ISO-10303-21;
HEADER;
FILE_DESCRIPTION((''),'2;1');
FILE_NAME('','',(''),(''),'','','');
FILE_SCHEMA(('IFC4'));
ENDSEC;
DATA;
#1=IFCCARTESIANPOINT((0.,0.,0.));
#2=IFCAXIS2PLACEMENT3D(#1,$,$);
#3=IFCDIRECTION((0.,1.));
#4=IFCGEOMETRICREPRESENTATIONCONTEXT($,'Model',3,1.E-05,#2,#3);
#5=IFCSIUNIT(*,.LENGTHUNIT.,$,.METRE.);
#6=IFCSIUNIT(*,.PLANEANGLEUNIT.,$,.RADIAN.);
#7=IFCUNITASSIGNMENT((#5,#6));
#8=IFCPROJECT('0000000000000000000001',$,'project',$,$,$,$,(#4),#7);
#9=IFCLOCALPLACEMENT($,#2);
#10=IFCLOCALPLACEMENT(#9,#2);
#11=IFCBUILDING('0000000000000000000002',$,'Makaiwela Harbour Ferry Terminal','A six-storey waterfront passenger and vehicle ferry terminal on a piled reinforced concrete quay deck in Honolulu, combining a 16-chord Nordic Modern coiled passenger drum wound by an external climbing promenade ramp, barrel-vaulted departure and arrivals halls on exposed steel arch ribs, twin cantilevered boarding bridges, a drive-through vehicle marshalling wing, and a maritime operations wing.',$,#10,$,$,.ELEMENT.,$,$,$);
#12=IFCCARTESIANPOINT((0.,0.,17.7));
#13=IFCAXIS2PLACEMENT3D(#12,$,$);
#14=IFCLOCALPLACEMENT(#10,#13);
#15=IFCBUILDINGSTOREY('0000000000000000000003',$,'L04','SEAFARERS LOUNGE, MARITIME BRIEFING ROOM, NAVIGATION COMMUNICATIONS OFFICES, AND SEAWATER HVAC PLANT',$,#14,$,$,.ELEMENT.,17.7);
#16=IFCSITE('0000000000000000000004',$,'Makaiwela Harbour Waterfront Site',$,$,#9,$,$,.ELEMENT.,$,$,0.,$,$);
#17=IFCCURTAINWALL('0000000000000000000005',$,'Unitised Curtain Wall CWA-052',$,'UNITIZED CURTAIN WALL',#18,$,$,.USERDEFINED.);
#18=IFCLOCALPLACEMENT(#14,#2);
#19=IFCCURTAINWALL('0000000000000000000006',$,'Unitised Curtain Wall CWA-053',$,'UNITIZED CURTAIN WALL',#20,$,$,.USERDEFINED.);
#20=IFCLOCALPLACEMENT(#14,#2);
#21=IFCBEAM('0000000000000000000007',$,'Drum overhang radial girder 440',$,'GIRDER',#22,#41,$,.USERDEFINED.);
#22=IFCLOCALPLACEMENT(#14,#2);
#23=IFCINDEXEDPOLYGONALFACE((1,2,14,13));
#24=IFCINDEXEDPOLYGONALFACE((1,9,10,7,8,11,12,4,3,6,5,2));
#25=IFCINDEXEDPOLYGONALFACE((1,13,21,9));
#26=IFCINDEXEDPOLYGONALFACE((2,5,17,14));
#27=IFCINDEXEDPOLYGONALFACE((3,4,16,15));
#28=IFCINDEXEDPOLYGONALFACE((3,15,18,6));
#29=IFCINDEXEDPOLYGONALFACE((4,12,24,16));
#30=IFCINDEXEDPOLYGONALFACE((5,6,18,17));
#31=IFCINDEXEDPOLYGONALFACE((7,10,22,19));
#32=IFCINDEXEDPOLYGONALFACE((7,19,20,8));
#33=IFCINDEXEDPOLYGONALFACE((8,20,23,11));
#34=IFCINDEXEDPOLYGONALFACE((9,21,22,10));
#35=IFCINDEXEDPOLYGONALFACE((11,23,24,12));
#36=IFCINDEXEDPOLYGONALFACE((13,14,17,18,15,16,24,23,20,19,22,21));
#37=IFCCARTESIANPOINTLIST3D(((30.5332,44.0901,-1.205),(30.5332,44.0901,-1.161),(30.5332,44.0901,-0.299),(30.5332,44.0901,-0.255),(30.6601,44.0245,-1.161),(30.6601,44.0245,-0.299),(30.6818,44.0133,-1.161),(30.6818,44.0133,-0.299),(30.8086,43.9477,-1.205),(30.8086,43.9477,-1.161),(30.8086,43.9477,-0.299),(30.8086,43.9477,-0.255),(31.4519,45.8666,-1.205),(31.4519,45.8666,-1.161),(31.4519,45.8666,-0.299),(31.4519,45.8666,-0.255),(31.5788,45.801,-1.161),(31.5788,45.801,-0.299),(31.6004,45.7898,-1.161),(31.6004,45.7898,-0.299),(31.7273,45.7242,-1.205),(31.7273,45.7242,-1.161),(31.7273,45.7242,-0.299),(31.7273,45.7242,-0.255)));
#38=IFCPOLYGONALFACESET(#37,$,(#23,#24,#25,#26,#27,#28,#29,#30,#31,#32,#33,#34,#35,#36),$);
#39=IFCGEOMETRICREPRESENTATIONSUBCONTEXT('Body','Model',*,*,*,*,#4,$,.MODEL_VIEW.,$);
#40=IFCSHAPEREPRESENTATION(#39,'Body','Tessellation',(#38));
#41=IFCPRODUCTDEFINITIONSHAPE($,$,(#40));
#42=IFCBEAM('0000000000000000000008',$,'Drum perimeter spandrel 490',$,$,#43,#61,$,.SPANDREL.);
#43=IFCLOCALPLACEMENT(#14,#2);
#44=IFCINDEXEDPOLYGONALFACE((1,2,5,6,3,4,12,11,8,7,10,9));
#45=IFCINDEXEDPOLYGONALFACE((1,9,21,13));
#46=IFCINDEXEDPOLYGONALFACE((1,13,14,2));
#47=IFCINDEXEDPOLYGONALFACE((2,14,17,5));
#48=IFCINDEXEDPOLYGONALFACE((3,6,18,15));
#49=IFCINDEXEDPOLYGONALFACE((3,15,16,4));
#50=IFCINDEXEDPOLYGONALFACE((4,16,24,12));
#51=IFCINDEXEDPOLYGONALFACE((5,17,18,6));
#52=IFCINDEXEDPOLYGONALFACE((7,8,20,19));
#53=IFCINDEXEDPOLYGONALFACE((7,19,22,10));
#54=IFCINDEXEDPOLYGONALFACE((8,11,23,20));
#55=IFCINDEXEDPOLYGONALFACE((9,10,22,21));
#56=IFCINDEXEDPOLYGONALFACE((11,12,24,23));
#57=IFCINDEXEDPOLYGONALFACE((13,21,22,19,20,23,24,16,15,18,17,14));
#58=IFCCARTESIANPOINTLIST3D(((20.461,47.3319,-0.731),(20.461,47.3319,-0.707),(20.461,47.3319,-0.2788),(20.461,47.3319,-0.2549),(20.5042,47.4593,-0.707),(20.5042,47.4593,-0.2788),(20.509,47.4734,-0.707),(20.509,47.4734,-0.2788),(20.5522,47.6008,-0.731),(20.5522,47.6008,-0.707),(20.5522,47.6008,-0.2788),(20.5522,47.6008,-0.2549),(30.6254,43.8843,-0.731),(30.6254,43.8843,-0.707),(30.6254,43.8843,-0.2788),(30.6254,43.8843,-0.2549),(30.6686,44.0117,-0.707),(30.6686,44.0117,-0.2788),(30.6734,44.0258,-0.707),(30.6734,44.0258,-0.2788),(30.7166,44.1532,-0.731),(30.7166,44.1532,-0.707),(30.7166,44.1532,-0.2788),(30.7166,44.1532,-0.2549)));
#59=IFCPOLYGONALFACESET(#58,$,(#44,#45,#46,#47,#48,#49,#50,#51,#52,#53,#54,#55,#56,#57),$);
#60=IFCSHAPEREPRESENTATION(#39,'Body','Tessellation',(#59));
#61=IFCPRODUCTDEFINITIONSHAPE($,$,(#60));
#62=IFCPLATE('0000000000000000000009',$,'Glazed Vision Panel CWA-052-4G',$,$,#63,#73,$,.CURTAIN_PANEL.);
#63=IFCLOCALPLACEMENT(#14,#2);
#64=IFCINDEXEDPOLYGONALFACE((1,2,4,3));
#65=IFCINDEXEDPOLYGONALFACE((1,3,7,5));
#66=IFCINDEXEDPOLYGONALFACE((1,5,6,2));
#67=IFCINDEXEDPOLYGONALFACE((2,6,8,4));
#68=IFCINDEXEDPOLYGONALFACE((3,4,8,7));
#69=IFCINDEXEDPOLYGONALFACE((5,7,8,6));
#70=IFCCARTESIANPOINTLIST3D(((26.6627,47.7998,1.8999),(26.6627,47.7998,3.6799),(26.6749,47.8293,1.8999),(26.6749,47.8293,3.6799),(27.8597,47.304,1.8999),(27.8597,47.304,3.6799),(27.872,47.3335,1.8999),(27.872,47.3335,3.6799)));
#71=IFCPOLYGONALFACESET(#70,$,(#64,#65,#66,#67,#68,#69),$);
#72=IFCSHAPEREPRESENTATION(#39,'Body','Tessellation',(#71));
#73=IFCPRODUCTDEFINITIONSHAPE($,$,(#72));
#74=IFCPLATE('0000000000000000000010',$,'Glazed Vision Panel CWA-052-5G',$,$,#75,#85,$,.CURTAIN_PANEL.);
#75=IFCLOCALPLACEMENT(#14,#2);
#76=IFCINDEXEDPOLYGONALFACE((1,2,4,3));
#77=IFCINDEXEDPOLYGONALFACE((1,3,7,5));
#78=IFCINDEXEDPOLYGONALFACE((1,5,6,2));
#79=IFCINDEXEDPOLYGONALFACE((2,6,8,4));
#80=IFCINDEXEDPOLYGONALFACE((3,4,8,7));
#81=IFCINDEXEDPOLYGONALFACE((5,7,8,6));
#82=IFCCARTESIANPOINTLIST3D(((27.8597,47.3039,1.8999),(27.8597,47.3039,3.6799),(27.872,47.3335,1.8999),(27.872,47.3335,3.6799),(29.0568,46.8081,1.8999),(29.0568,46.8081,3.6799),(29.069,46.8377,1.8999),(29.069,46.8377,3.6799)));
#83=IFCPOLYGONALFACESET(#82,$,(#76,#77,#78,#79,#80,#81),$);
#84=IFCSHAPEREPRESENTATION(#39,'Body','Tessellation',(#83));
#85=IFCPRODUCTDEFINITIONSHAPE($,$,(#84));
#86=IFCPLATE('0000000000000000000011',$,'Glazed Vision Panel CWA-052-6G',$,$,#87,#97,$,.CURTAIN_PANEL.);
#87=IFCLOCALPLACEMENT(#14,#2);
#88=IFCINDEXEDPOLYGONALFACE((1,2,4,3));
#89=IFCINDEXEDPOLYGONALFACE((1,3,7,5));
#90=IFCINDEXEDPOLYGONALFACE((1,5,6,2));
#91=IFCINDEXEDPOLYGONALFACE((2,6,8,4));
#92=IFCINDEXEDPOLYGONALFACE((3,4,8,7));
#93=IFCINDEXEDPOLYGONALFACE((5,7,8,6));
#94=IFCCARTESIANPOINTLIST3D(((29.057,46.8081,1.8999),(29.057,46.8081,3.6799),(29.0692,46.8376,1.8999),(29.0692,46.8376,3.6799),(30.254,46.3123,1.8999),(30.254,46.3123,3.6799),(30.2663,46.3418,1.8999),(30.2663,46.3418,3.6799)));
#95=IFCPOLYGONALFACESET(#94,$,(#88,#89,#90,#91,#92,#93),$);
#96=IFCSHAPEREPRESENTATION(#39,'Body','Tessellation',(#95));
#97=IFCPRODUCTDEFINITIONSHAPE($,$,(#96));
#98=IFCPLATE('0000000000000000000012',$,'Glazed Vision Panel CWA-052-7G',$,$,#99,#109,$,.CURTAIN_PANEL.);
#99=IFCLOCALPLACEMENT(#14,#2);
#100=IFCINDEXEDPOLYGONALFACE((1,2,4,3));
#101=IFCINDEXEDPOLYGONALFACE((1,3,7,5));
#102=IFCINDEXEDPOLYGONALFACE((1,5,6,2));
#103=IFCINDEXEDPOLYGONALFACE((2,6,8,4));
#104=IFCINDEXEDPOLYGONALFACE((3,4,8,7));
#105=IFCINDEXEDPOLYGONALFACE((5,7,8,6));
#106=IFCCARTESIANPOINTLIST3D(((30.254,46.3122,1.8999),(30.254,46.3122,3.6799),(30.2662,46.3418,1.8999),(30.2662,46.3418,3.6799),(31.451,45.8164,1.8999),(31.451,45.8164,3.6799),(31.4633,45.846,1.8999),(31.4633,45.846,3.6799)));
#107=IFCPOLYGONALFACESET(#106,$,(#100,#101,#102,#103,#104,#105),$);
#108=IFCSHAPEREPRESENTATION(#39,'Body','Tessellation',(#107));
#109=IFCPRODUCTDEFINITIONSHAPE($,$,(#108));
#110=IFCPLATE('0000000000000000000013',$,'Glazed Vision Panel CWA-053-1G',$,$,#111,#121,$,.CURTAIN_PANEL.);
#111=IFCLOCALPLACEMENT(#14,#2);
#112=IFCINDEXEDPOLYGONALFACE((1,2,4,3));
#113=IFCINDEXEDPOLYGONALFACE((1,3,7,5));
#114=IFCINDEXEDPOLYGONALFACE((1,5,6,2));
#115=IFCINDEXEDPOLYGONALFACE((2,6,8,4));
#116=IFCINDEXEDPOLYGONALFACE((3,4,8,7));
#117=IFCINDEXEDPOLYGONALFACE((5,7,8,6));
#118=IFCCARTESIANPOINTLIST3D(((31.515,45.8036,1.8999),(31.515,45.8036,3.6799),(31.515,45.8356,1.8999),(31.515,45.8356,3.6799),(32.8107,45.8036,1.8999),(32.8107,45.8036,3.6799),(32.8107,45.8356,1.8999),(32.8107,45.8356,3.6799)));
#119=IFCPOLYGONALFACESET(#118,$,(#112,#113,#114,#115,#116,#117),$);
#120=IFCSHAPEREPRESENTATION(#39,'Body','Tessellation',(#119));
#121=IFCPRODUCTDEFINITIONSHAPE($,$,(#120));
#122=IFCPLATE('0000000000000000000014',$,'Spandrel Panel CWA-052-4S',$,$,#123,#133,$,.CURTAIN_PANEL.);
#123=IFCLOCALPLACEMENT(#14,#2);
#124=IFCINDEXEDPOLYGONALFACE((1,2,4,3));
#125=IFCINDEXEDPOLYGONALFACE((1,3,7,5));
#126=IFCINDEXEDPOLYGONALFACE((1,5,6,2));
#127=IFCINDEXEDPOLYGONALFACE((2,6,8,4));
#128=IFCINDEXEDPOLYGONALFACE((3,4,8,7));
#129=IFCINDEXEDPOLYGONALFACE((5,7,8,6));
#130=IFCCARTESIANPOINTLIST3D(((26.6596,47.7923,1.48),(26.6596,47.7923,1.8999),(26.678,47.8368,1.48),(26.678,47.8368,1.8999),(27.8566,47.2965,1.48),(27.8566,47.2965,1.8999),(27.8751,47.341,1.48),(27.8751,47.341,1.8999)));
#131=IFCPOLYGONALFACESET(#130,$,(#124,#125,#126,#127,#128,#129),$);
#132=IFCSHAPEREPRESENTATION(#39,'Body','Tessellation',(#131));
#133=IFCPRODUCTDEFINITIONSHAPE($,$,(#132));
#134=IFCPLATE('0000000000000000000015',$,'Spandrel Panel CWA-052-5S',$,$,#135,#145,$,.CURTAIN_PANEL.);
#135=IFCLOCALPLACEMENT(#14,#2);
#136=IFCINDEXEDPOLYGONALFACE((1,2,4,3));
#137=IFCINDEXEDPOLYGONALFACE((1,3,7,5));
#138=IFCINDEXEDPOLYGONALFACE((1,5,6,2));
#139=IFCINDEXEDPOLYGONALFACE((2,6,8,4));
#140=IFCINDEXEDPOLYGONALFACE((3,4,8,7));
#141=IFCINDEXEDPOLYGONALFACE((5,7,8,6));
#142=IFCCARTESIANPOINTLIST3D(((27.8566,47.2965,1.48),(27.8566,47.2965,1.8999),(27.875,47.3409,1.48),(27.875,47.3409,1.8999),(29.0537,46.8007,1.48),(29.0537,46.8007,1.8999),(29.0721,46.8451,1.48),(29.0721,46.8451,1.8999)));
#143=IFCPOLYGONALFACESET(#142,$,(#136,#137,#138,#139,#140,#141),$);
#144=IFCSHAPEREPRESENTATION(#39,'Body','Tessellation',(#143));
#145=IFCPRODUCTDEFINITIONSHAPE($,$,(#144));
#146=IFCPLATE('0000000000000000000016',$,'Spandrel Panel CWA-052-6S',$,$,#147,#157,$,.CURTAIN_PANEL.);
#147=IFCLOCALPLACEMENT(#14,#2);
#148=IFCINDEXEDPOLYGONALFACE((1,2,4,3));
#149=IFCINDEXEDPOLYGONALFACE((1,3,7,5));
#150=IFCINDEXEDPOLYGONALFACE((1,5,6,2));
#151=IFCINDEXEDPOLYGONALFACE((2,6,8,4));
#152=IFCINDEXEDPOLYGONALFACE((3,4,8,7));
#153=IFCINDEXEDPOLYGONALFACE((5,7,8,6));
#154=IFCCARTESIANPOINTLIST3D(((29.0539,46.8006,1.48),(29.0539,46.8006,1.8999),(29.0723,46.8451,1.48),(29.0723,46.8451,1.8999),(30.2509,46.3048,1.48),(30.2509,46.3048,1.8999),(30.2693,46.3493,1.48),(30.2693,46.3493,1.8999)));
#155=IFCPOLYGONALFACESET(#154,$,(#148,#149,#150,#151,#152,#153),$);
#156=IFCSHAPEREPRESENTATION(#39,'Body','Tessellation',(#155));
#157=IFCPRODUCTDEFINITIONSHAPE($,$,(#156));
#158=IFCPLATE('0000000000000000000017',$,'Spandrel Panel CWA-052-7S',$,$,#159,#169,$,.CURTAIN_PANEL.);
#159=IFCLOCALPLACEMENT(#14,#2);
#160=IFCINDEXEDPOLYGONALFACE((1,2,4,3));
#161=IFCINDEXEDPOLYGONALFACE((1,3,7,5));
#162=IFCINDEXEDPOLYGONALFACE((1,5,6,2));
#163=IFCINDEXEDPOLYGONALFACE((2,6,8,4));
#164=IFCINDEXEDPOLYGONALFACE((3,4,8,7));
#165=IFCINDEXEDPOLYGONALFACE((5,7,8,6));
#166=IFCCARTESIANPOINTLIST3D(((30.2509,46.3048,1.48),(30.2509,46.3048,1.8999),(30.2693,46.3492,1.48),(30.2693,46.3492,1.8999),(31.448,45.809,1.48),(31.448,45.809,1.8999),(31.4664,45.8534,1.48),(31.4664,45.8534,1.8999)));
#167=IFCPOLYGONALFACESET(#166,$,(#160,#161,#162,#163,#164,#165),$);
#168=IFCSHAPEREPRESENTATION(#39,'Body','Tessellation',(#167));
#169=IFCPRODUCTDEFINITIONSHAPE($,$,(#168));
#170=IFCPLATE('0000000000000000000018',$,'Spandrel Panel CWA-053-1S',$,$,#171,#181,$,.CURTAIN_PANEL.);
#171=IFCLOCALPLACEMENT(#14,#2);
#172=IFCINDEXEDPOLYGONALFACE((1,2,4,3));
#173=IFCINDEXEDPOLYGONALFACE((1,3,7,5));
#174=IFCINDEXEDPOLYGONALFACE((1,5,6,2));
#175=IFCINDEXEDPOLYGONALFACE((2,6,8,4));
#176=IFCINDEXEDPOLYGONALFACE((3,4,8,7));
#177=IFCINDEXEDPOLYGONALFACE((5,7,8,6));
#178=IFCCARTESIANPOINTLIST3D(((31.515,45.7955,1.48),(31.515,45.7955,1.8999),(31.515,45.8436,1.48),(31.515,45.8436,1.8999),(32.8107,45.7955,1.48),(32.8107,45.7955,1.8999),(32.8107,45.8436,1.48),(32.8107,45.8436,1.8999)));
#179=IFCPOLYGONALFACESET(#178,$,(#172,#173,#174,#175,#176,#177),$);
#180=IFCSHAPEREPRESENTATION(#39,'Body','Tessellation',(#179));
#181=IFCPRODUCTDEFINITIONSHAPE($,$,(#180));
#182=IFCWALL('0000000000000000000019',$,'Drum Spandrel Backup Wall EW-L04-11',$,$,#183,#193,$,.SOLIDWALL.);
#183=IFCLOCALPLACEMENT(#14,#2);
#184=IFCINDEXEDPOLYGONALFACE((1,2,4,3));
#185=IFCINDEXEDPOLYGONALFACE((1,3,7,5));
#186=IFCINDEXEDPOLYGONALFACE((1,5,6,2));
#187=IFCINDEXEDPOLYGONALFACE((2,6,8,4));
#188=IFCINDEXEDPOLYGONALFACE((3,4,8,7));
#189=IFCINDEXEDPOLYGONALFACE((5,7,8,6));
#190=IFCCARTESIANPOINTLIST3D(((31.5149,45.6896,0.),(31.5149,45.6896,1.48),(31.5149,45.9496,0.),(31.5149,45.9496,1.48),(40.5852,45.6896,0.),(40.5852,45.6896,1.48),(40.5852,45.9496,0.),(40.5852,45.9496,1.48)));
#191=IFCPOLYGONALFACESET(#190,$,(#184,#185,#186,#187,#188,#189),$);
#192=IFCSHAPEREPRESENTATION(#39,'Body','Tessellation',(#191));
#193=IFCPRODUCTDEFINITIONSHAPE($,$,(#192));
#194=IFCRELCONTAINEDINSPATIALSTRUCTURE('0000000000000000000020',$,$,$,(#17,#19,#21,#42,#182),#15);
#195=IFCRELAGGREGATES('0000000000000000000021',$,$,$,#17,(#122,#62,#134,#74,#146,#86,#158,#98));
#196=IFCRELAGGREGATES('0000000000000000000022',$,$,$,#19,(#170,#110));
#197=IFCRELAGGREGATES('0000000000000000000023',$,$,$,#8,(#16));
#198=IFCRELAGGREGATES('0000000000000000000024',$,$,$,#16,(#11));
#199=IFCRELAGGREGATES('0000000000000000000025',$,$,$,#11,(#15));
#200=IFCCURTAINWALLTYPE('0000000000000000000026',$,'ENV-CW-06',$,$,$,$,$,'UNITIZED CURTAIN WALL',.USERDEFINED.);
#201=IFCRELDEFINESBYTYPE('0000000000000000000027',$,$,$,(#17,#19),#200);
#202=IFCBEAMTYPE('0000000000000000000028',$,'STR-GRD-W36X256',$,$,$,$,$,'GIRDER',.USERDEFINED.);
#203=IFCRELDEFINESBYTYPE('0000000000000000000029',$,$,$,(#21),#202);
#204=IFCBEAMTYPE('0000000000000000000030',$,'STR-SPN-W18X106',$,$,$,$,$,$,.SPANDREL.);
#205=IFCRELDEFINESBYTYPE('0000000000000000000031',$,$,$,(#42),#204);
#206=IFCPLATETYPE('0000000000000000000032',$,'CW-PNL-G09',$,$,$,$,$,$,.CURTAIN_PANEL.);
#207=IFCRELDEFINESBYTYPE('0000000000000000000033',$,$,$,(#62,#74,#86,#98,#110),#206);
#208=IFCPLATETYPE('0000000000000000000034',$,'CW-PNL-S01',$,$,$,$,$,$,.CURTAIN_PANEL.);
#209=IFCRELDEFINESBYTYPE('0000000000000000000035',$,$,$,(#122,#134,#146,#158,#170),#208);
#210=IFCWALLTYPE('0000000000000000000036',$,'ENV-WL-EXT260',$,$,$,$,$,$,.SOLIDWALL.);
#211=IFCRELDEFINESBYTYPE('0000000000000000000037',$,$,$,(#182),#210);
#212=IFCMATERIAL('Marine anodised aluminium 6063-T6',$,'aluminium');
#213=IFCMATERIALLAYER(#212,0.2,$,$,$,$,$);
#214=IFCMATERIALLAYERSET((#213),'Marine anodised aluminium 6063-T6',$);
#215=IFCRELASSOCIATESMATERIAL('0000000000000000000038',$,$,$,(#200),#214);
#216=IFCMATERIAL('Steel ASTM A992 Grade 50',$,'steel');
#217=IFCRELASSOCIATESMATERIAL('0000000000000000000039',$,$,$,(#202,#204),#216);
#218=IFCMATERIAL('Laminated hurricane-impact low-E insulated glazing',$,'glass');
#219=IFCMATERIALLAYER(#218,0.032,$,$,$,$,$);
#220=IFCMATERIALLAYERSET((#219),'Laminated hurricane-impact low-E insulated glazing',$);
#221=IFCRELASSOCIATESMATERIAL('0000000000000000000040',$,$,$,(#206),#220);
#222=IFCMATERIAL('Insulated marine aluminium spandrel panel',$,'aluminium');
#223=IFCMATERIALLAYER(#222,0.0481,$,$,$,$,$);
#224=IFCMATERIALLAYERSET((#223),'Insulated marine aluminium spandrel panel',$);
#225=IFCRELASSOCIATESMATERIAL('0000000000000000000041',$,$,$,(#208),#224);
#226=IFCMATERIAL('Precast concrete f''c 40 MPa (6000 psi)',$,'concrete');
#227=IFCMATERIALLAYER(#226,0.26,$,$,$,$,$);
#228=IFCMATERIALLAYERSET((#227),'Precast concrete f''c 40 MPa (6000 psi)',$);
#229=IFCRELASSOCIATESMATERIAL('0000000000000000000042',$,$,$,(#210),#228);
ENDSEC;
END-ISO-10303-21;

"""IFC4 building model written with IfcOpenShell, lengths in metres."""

from ifc_helpers import new_model, si_unit, direction, frame, frame_2d, origin, origin_2d, place, context, subcontext, project, spatial, rectangle, i_section, extrude, material, layer, layer_set, material_profile, profile_set, type_object, element, aggregate, save


model = new_model("IFC4")

# Units and contexts
model_context = context("Model", 3, precision=1e-05, world=origin(), true_north=direction((0.0, 1.0)))
body_context = subcontext(model_context, "Body", "Model", "MODEL_VIEW")
ifc_project = project(units=[si_unit("LENGTHUNIT", "METRE"), si_unit("PLANEANGLEUNIT", "RADIAN")], contexts=[model_context])

# Site, building, storey
site_placement = place(None, origin())
site = spatial("IfcSite", under=ifc_project, at=site_placement, Name="Makaiwela Harbour Waterfront Site", CompositionType="ELEMENT", RefElevation=0.0)
building_placement = place(site_placement, origin())
building = spatial("IfcBuilding", under=site, at=building_placement, Name="Makaiwela Harbour Ferry Terminal", Description="A six-storey waterfront passenger and vehicle ferry terminal on a piled reinforced concrete quay deck in Honolulu, combining a 16-chord Nordic Modern coiled passenger drum wound by an external climbing promenade ramp, barrel-vaulted departure and arrivals halls on exposed steel arch ribs, twin cantilevered boarding bridges, a drive-through vehicle marshalling wing, and a maritime operations wing.", CompositionType="ELEMENT")
storey_placement = place(building_placement, frame((0.0, 0.0, 17.7)))
storey = spatial("IfcBuildingStorey", under=building, at=storey_placement, Name="L04", Description="SEAFARERS LOUNGE, MARITIME BRIEFING ROOM, NAVIGATION COMMUNICATIONS OFFICES, AND SEAWATER HVAC PLANT", CompositionType="ELEMENT", Elevation=17.7)

# Curtain walls
ifc_material_1 = material(Name="Marine anodised aluminium 6063-T6", Category="aluminium")
ifc_layer_1 = layer(ifc_material_1, 0.2)
ifc_layer_set_1 = layer_set([ifc_layer_1], Name="Marine anodised aluminium 6063-T6")
curtain_wall_type = type_object("IfcCurtainWallType", Name="ENV-CW-06", ElementType="UNITIZED CURTAIN WALL", PredefinedType="USERDEFINED", material=ifc_layer_set_1)
curtain_wall_1_placement = place(storey_placement, origin())
curtain_wall_1 = element("IfcCurtainWall", 1, at=curtain_wall_1_placement, inside=storey, type_object=curtain_wall_type, Name="Unitised Curtain Wall CWA-052", ObjectType="UNITIZED CURTAIN WALL", PredefinedType="USERDEFINED")
curtain_wall_2_placement = place(storey_placement, origin())
curtain_wall_2 = element("IfcCurtainWall", 2, at=curtain_wall_2_placement, inside=storey, type_object=curtain_wall_type, Name="Unitised Curtain Wall CWA-053", ObjectType="UNITIZED CURTAIN WALL", PredefinedType="USERDEFINED")

# Beams
ifc_material_2 = material(Name="Steel ASTM A992 Grade 50", Category="steel")
ifc_material_profile_1 = material_profile(ifc_material_2, i_section(OverallWidth=0.3101, OverallDepth=0.95, WebThickness=0.0244, FlangeThickness=0.0439, at=origin_2d()), Name="W36X256")
ifc_profile_set_1 = profile_set([ifc_material_profile_1], Name="Steel ASTM A992 Grade 50")
beam_type_1 = type_object("IfcBeamType", Name="STR-GRD-W36X256", ElementType="GIRDER", PredefinedType="USERDEFINED", material=ifc_profile_set_1)
beam_1_placement = place(storey_placement, frame((31.5896, 45.7954, -0.73), z_axis=(-0.45933, -0.888266, 0.0), x_axis=(0.888266, -0.45933, 0.0)))
element("IfcBeam", 3, at=beam_1_placement, inside=storey, type_object=beam_type_1, Name="Drum overhang radial girder 440", ObjectType="GIRDER", PredefinedType="USERDEFINED", context=body_context, shape_type="SweptSolid", body=[
    extrude(i_section(OverallWidth=0.3101, OverallDepth=0.95, WebThickness=0.0244, FlangeThickness=0.0439, at=origin_2d()), origin(), (0.0, 0.0, 1.0), 2.0),
])
ifc_material_profile_2 = material_profile(ifc_material_2, i_section(OverallWidth=0.2839, OverallDepth=0.4761, WebThickness=0.0149, FlangeThickness=0.0239, at=origin_2d()), Name="W18X106")
ifc_profile_set_2 = profile_set([ifc_material_profile_2], Name="Steel ASTM A992 Grade 50")
beam_type_2 = type_object("IfcBeamType", Name="STR-SPN-W18X106", PredefinedType="SPANDREL", material=ifc_profile_set_2)
beam_2_placement = place(storey_placement, frame((20.5066, 47.4663, -0.4929), z_axis=(0.94701, -0.321205, 0.0), x_axis=(0.321205, 0.94701, 0.0)))
element("IfcBeam", 4, at=beam_2_placement, inside=storey, type_object=beam_type_2, Name="Drum perimeter spandrel 490", PredefinedType="SPANDREL", context=body_context, shape_type="SweptSolid", body=[
    extrude(i_section(OverallWidth=0.2839, OverallDepth=0.4761, WebThickness=0.0149, FlangeThickness=0.0239, at=origin_2d()), origin(), (0.0, 0.0, 1.0), 10.7332),
])

# Plates
ifc_material_3 = material(Name="Laminated hurricane-impact low-E insulated glazing", Category="glass")
ifc_layer_2 = layer(ifc_material_3, 0.032)
ifc_layer_set_2 = layer_set([ifc_layer_2], Name="Laminated hurricane-impact low-E insulated glazing")
plate_type_1 = type_object("IfcPlateType", Name="CW-PNL-G09", PredefinedType="CURTAIN_PANEL", material=ifc_layer_set_2)
plate_1_placement = place(storey_placement, frame((27.2673, 47.5667, 1.8999), z_axis=(0.0, 0.0, 1.0), x_axis=(0.92388, -0.382683, 0.0)))
plate_1 = element("IfcPlate", 5, at=plate_1_placement, type_object=plate_type_1, Name="Glazed Vision Panel CWA-052-4G", PredefinedType="CURTAIN_PANEL", context=body_context, shape_type="SweptSolid", body=[
    extrude(rectangle(XDim=1.2957, YDim=0.032, at=origin_2d()), origin(), (0.0, 0.0, 1.0), 1.78),
])
plate_2_placement = place(storey_placement, frame((28.4644, 47.0708, 1.8999), z_axis=(0.0, 0.0, 1.0), x_axis=(0.92388, -0.382683, 0.0)))
plate_2 = element("IfcPlate", 6, at=plate_2_placement, type_object=plate_type_1, Name="Glazed Vision Panel CWA-052-5G", PredefinedType="CURTAIN_PANEL", context=body_context, shape_type="SweptSolid", body=[
    extrude(rectangle(XDim=1.2957, YDim=0.032, at=origin_2d()), origin(), (0.0, 0.0, 1.0), 1.78),
])
plate_3_placement = place(storey_placement, frame((29.6616, 46.575, 1.8999), z_axis=(0.0, 0.0, 1.0), x_axis=(0.92388, -0.382683, 0.0)))
plate_3 = element("IfcPlate", 7, at=plate_3_placement, type_object=plate_type_1, Name="Glazed Vision Panel CWA-052-6G", PredefinedType="CURTAIN_PANEL", context=body_context, shape_type="SweptSolid", body=[
    extrude(rectangle(XDim=1.2957, YDim=0.032, at=origin_2d()), origin(), (0.0, 0.0, 1.0), 1.78),
])
plate_4_placement = place(storey_placement, frame((30.8586, 46.0791, 1.8999), z_axis=(0.0, 0.0, 1.0), x_axis=(0.92388, -0.382683, 0.0)))
plate_4 = element("IfcPlate", 8, at=plate_4_placement, type_object=plate_type_1, Name="Glazed Vision Panel CWA-052-7G", PredefinedType="CURTAIN_PANEL", context=body_context, shape_type="SweptSolid", body=[
    extrude(rectangle(XDim=1.2957, YDim=0.032, at=origin_2d()), origin(), (0.0, 0.0, 1.0), 1.78),
])
plate_5_placement = place(storey_placement, frame((32.1628, 45.8196, 1.8999), z_axis=(0.0, 0.0, 1.0), x_axis=(1.0, 0.0, 0.0)))
plate_5 = element("IfcPlate", 9, at=plate_5_placement, type_object=plate_type_1, Name="Glazed Vision Panel CWA-053-1G", PredefinedType="CURTAIN_PANEL", context=body_context, shape_type="SweptSolid", body=[
    extrude(rectangle(XDim=1.2957, YDim=0.032, at=origin_2d()), origin(), (0.0, 0.0, 1.0), 1.78),
])
ifc_material_4 = material(Name="Insulated marine aluminium spandrel panel", Category="aluminium")
ifc_layer_3 = layer(ifc_material_4, 0.0481)
ifc_layer_set_3 = layer_set([ifc_layer_3], Name="Insulated marine aluminium spandrel panel")
plate_type_2 = type_object("IfcPlateType", Name="CW-PNL-S01", PredefinedType="CURTAIN_PANEL", material=ifc_layer_set_3)
plate_6_placement = place(storey_placement, frame((27.2673, 47.5667, 1.48), z_axis=(0.0, 0.0, 1.0), x_axis=(0.92388, -0.382683, 0.0)))
plate_6 = element("IfcPlate", 10, at=plate_6_placement, type_object=plate_type_2, Name="Spandrel Panel CWA-052-4S", PredefinedType="CURTAIN_PANEL", context=body_context, shape_type="SweptSolid", body=[
    extrude(rectangle(XDim=1.2957, YDim=0.0481, at=origin_2d()), origin(), (0.0, 0.0, 1.0), 0.4199),
])
plate_7_placement = place(storey_placement, frame((28.4644, 47.0708, 1.48), z_axis=(0.0, 0.0, 1.0), x_axis=(0.92388, -0.382683, 0.0)))
plate_7 = element("IfcPlate", 11, at=plate_7_placement, type_object=plate_type_2, Name="Spandrel Panel CWA-052-5S", PredefinedType="CURTAIN_PANEL", context=body_context, shape_type="SweptSolid", body=[
    extrude(rectangle(XDim=1.2957, YDim=0.0481, at=origin_2d()), origin(), (0.0, 0.0, 1.0), 0.4199),
])
plate_8_placement = place(storey_placement, frame((29.6616, 46.575, 1.48), z_axis=(0.0, 0.0, 1.0), x_axis=(0.92388, -0.382683, 0.0)))
plate_8 = element("IfcPlate", 12, at=plate_8_placement, type_object=plate_type_2, Name="Spandrel Panel CWA-052-6S", PredefinedType="CURTAIN_PANEL", context=body_context, shape_type="SweptSolid", body=[
    extrude(rectangle(XDim=1.2957, YDim=0.0481, at=origin_2d()), origin(), (0.0, 0.0, 1.0), 0.4199),
])
plate_9_placement = place(storey_placement, frame((30.8586, 46.0791, 1.48), z_axis=(0.0, 0.0, 1.0), x_axis=(0.92388, -0.382683, 0.0)))
plate_9 = element("IfcPlate", 13, at=plate_9_placement, type_object=plate_type_2, Name="Spandrel Panel CWA-052-7S", PredefinedType="CURTAIN_PANEL", context=body_context, shape_type="SweptSolid", body=[
    extrude(rectangle(XDim=1.2957, YDim=0.0481, at=origin_2d()), origin(), (0.0, 0.0, 1.0), 0.4199),
])
aggregate(curtain_wall_1, [plate_6, plate_1, plate_7, plate_2, plate_8, plate_3, plate_9, plate_4])
plate_10_placement = place(storey_placement, frame((32.1628, 45.8196, 1.48), z_axis=(0.0, 0.0, 1.0), x_axis=(1.0, 0.0, 0.0)))
plate_10 = element("IfcPlate", 14, at=plate_10_placement, type_object=plate_type_2, Name="Spandrel Panel CWA-053-1S", PredefinedType="CURTAIN_PANEL", context=body_context, shape_type="SweptSolid", body=[
    extrude(rectangle(XDim=1.2957, YDim=0.0481, at=origin_2d()), origin(), (0.0, 0.0, 1.0), 0.4199),
])
aggregate(curtain_wall_2, [plate_10, plate_5])

# Wall
ifc_material_5 = material(Name="Precast concrete f'c 40 MPa (6000 psi)", Category="concrete")
ifc_layer_4 = layer(ifc_material_5, 0.26)
ifc_layer_set_4 = layer_set([ifc_layer_4], Name="Precast concrete f'c 40 MPa (6000 psi)")
wall_type = type_object("IfcWallType", Name="ENV-WL-EXT260", PredefinedType="SOLIDWALL", material=ifc_layer_set_4)
wall_placement = place(storey_placement, frame((31.5149, 45.8196, 0.0), z_axis=(0.0, 0.0, 1.0), x_axis=(1.0, 0.0, 0.0)))
element("IfcWall", 15, at=wall_placement, inside=storey, type_object=wall_type, Name="Drum Spandrel Backup Wall EW-L04-11", PredefinedType="SOLIDWALL", context=body_context, shape_type="SweptSolid", body=[
    extrude(rectangle(XDim=9.0703, YDim=0.26, at=frame_2d((4.5352, 0.0))), origin(), (0.0, 0.0, 1.0), 1.48),
])

save(model, "model.ifc")
